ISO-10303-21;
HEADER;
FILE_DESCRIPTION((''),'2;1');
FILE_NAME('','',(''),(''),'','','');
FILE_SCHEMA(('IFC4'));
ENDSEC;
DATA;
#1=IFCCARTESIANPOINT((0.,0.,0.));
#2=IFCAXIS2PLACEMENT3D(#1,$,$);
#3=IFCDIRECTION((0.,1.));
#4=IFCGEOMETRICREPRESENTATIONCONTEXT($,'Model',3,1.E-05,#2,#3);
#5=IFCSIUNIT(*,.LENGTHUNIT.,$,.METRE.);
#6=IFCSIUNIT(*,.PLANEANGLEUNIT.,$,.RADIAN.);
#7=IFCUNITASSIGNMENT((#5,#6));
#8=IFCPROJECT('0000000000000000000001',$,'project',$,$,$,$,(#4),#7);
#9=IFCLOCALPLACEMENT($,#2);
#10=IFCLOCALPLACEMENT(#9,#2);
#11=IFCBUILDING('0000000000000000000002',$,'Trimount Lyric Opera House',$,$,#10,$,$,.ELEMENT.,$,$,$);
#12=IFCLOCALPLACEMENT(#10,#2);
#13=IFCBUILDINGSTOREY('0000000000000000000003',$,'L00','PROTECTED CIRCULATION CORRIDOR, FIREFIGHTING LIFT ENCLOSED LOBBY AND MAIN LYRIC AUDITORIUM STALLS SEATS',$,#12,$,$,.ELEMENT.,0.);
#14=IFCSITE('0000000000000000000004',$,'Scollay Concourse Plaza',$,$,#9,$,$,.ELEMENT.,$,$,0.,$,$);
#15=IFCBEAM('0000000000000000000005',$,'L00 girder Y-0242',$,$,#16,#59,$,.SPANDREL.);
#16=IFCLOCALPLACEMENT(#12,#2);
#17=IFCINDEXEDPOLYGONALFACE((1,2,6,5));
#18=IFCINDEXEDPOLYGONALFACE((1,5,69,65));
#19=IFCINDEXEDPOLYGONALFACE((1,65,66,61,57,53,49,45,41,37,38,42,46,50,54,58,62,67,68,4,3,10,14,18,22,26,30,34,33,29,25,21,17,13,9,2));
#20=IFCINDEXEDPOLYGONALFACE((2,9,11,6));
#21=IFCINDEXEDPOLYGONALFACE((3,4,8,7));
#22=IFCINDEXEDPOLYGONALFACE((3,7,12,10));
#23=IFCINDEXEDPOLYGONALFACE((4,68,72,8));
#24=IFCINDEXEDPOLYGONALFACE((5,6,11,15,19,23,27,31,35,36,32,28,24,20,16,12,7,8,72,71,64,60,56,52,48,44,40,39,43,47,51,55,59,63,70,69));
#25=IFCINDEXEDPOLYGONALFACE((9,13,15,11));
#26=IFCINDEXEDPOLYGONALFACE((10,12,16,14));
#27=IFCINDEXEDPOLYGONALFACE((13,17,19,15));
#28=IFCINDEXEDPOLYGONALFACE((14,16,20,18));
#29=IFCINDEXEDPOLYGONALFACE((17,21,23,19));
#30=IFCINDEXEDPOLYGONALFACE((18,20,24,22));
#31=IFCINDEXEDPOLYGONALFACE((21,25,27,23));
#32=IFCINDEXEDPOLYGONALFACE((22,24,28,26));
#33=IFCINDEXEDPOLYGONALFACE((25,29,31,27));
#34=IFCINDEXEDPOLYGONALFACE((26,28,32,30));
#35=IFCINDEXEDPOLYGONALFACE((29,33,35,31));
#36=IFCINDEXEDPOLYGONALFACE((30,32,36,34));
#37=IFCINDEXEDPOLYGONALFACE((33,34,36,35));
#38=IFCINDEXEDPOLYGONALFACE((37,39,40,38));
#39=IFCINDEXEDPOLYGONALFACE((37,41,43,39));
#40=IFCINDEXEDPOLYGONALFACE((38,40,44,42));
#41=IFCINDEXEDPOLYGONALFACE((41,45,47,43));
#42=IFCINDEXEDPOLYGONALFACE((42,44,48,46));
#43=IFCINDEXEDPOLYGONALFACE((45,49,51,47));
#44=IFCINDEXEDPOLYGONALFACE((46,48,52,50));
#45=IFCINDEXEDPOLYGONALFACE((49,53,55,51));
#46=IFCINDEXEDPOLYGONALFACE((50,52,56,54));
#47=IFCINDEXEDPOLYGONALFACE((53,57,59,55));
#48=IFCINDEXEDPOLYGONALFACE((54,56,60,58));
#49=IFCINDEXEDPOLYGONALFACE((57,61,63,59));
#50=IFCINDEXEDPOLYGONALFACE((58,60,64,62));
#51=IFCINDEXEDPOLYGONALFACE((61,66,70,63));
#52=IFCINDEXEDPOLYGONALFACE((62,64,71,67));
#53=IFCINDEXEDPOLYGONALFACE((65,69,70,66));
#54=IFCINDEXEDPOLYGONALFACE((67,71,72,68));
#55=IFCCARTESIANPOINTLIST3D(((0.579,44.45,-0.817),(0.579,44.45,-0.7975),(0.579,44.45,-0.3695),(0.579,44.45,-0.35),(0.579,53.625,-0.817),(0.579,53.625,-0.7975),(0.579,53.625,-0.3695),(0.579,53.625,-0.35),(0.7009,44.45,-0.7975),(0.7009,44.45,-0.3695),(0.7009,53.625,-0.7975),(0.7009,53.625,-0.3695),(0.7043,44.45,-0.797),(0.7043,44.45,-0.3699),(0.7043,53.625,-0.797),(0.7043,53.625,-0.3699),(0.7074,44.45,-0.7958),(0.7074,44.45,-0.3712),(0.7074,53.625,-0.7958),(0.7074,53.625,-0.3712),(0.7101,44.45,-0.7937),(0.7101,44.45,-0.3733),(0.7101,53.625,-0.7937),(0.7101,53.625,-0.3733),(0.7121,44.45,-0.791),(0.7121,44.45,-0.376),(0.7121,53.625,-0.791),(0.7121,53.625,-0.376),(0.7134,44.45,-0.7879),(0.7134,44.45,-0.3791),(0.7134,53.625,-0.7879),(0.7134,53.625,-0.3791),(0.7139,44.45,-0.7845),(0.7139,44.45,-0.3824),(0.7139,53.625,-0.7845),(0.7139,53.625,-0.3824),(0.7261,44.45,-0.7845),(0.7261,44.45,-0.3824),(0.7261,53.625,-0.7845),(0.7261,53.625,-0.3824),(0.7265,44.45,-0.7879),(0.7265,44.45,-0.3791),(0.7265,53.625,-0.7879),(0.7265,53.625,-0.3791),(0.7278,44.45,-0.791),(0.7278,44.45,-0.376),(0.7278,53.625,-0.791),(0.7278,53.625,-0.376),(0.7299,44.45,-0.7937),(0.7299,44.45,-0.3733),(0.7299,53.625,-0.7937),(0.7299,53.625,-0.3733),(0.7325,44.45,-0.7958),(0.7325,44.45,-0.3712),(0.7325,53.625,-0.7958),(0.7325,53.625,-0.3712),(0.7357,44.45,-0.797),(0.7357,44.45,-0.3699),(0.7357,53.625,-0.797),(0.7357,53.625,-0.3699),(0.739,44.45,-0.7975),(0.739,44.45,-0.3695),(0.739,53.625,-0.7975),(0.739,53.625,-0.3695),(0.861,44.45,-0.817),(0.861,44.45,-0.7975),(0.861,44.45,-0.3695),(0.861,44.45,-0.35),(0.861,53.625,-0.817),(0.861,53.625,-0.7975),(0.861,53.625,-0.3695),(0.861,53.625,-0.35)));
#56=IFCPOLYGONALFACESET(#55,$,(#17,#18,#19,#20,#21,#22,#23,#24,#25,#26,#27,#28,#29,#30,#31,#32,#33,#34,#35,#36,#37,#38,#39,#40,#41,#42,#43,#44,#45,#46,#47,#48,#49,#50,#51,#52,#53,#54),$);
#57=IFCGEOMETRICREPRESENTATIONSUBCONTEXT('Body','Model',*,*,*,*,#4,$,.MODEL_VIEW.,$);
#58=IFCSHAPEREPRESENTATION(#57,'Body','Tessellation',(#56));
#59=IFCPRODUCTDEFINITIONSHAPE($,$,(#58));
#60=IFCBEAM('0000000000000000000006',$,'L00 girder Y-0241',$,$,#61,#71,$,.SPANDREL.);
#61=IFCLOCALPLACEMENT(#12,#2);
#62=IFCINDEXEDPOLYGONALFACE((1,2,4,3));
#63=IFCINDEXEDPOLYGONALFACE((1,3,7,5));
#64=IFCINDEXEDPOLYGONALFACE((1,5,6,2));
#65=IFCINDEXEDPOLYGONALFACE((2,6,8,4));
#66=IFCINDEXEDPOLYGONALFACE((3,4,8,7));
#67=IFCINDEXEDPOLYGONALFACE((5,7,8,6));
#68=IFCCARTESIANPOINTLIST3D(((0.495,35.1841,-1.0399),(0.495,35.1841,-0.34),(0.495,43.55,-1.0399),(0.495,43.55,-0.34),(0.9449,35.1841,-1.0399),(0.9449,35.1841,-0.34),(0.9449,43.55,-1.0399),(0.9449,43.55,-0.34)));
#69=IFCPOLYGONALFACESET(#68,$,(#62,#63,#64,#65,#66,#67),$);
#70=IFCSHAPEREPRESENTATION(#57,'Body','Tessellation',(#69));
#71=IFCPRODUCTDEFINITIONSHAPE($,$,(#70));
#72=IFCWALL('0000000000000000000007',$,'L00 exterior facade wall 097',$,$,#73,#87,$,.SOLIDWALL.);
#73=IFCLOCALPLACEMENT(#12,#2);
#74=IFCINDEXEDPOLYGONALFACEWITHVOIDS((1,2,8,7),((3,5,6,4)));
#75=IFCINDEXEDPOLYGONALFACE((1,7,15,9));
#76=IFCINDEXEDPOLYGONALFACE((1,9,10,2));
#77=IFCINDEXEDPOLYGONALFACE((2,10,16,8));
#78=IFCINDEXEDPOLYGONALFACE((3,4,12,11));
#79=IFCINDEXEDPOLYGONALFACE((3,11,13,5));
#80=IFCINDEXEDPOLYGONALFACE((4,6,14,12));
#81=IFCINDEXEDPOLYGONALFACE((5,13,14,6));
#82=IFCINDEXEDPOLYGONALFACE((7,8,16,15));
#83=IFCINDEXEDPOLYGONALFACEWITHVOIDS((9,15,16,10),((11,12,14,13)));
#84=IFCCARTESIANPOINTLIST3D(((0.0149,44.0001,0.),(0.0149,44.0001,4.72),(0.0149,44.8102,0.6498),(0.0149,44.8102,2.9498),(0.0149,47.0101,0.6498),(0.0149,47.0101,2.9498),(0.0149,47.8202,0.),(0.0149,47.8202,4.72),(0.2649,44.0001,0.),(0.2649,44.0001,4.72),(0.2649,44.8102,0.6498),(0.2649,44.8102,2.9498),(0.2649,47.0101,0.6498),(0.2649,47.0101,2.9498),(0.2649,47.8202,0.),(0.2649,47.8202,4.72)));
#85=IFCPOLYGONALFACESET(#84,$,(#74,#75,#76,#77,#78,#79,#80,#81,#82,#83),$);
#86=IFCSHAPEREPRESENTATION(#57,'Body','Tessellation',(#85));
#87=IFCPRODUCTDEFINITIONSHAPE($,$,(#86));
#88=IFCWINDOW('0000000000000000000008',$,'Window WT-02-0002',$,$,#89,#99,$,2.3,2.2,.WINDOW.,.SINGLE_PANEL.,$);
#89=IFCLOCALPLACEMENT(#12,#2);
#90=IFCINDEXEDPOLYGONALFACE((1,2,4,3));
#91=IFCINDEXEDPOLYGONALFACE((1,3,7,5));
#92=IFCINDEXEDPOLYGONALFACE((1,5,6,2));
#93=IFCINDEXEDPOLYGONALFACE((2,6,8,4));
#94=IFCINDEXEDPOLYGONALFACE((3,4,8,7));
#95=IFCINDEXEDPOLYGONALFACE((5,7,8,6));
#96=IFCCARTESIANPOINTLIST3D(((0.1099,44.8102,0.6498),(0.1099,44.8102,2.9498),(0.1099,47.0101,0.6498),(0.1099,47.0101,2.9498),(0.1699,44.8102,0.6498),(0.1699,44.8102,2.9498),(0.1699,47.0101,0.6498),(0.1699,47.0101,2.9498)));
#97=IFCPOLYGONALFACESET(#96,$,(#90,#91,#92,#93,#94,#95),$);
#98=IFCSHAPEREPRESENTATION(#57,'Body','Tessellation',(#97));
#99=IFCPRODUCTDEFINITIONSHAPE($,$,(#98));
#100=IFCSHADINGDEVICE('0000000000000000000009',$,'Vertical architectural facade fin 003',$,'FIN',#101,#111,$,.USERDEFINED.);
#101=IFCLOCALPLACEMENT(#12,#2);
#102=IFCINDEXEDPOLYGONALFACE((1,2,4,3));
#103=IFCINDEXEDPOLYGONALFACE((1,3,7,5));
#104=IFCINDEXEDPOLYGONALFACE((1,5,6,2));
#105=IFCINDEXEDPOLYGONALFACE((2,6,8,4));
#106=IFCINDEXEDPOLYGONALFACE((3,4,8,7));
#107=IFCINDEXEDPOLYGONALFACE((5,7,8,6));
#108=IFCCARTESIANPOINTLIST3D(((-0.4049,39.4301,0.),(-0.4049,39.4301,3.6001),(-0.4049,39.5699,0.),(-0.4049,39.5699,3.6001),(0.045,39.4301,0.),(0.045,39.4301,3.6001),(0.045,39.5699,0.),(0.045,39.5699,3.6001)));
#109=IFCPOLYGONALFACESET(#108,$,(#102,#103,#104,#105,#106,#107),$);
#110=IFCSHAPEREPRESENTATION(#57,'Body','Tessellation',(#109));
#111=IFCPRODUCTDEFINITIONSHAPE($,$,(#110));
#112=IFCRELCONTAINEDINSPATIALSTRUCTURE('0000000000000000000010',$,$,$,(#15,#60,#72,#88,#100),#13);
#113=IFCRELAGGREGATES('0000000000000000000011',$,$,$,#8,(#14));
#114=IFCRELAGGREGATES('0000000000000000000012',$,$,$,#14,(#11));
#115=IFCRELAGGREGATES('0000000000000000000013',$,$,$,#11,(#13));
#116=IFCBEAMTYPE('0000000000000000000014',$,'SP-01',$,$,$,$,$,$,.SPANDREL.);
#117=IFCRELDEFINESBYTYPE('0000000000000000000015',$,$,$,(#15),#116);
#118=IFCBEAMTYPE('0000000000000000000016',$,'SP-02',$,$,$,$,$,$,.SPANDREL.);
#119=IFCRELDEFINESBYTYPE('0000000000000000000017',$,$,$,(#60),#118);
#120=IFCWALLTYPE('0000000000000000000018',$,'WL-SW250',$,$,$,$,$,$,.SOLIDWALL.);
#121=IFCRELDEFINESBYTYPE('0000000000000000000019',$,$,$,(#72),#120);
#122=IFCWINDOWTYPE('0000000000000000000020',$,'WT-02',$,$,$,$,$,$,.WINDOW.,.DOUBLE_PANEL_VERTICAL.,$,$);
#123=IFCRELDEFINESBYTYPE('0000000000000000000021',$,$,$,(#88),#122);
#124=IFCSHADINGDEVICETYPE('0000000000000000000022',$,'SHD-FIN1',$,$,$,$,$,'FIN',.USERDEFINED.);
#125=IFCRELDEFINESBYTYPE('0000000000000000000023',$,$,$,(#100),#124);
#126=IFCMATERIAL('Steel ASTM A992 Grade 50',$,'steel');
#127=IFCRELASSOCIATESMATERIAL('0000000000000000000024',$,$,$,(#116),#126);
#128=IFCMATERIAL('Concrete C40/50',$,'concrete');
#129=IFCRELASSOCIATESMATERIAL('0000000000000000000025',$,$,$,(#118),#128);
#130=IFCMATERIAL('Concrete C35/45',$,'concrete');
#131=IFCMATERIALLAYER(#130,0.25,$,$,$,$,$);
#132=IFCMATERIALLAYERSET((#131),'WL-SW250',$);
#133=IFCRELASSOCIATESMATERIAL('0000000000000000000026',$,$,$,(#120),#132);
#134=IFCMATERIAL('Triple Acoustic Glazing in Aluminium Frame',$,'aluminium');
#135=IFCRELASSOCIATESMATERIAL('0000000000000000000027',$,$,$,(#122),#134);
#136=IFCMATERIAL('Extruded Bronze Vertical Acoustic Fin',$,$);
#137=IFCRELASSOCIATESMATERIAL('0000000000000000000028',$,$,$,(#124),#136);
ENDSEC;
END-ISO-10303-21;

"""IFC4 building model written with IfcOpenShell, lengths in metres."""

from ifc_helpers import new_model, si_unit, direction, frame, frame_2d, origin, origin_2d, place, context, subcontext, project, spatial, rectangle, i_section, extrude, material, layer, layer_set, material_profile, profile_set, type_object, element, fill, save


model = new_model("IFC4")

# Units and contexts
model_context = context("Model", 3, precision=1e-05, world=origin(), true_north=direction((0.0, 1.0)))
body_context = subcontext(model_context, "Body", "Model", "MODEL_VIEW")
ifc_project = project(units=[si_unit("LENGTHUNIT", "METRE"), si_unit("PLANEANGLEUNIT", "RADIAN")], contexts=[model_context])

# Site, building, storey
site_placement = place(None, origin())
site = spatial("IfcSite", under=ifc_project, at=site_placement, Name="Scollay Concourse Plaza", CompositionType="ELEMENT", RefElevation=0.0)
building_placement = place(site_placement, origin())
building = spatial("IfcBuilding", under=site, at=building_placement, Name="Trimount Lyric Opera House", CompositionType="ELEMENT")
storey_placement = place(building_placement, origin())
storey = spatial("IfcBuildingStorey", under=building, at=storey_placement, Name="L00", Description="PROTECTED CIRCULATION CORRIDOR, FIREFIGHTING LIFT ENCLOSED LOBBY AND MAIN LYRIC AUDITORIUM STALLS SEATS", CompositionType="ELEMENT", Elevation=0.0)

# Beams
ifc_material_1 = material(Name="Steel ASTM A992 Grade 50", Category="steel")
ifc_material_profile_1 = material_profile(ifc_material_1, i_section(OverallWidth=0.282, OverallDepth=0.467, WebThickness=0.0122, FlangeThickness=0.0195, FilletRadius=0.0129, at=origin_2d()), Name="W18X86")
ifc_profile_set_1 = profile_set([ifc_material_profile_1], Name="Steel ASTM A992 Grade 50")
beam_type_1 = type_object("IfcBeamType", Name="SP-01", PredefinedType="SPANDREL", material=ifc_profile_set_1)
beam_1_placement = place(storey_placement, frame((0.72, 44.45, -0.5835), z_axis=(0.0, 1.0, 0.0), x_axis=(-1.0, 0.0, 0.0)))
element("IfcBeam", 1, at=beam_1_placement, inside=storey, type_object=beam_type_1, Name="L00 girder Y-0242", PredefinedType="SPANDREL", context=body_context, shape_type="SweptSolid", body=[
    extrude(i_section(OverallWidth=0.282, OverallDepth=0.467, WebThickness=0.0122, FlangeThickness=0.0195, FilletRadius=0.0129, at=origin_2d()), origin(), (0.0, 0.0, 1.0), 9.175),
])
ifc_material_2 = material(Name="Concrete C40/50", Category="concrete")
ifc_material_profile_2 = material_profile(ifc_material_2, rectangle(XDim=0.45, YDim=0.7, at=origin_2d()), Name="RC450X700")
ifc_profile_set_2 = profile_set([ifc_material_profile_2], Name="Concrete C40/50")
beam_type_2 = type_object("IfcBeamType", Name="SP-02", PredefinedType="SPANDREL", material=ifc_profile_set_2)
beam_2_placement = place(storey_placement, frame((0.72, 35.1841, -0.6899), z_axis=(0.0, 1.0, 0.0), x_axis=(-1.0, 0.0, 0.0)))
element("IfcBeam", 2, at=beam_2_placement, inside=storey, type_object=beam_type_2, Name="L00 girder Y-0241", PredefinedType="SPANDREL", context=body_context, shape_type="SweptSolid", body=[
    extrude(rectangle(XDim=0.45, YDim=0.7, at=origin_2d()), origin(), (0.0, 0.0, 1.0), 8.366),
])

# Wall, opening, window
ifc_material_3 = material(Name="Concrete C35/45", Category="concrete")
ifc_layer = layer(ifc_material_3, 0.25)
ifc_layer_set = layer_set([ifc_layer], Name="WL-SW250")
wall_type = type_object("IfcWallType", Name="WL-SW250", PredefinedType="SOLIDWALL", material=ifc_layer_set)
wall_placement = place(storey_placement, frame((0.1399, 44.0, 0.0), z_axis=(0.0, 0.0, 1.0), x_axis=(0.0, 1.0, 0.0)))
wall = element("IfcWall", 3, at=wall_placement, inside=storey, type_object=wall_type, Name="L00 exterior facade wall 097", PredefinedType="SOLIDWALL", context=body_context, shape_type="SweptSolid", body=[
    extrude(rectangle(XDim=3.8201, YDim=0.25, at=frame_2d((1.9102, 0.0))), origin(), (0.0, 0.0, 1.0), 4.72),
])
opening_placement = place(wall_placement, frame((0.8101, 0.0, 0.6499)))
opening = element("IfcOpeningElement", 4, at=opening_placement, cuts=wall, PredefinedType="OPENING", context=body_context, shape_type="SweptSolid", body=[
    extrude(rectangle(XDim=2.2, YDim=2.3, at=frame_2d((1.1001, 1.1499))), frame((0.0, 0.135, 0.0), z_axis=(0.0, -1.0, 0.0), x_axis=(1.0, 0.0, 0.0)), (0.0, 0.0, 1.0), 0.27),
])
ifc_material_4 = material(Name="Triple Acoustic Glazing in Aluminium Frame", Category="aluminium")
window_type = type_object("IfcWindowType", Name="WT-02", PartitioningType="DOUBLE_PANEL_VERTICAL", PredefinedType="WINDOW", material=ifc_material_4)
window_placement = place(opening_placement, origin())
window = element("IfcWindow", 5, at=window_placement, inside=storey, type_object=window_type, Name="Window WT-02-0002", OverallHeight=2.3, OverallWidth=2.2, PartitioningType="SINGLE_PANEL", PredefinedType="WINDOW", context=body_context, shape_type="SweptSolid", body=[
    extrude(rectangle(XDim=2.2, YDim=2.3, at=frame_2d((1.1001, 1.1499))), frame((0.0, 0.03, 0.0), z_axis=(0.0, -1.0, 0.0), x_axis=(1.0, 0.0, 0.0)), (0.0, 0.0, 1.0), 0.0601),
])
fill(opening, window)

# Shading device
ifc_material_5 = material(Name="Extruded Bronze Vertical Acoustic Fin")
shading_device_type = type_object("IfcShadingDeviceType", Name="SHD-FIN1", ElementType="FIN", PredefinedType="USERDEFINED", material=ifc_material_5)
shading_device_placement = place(storey_placement, frame((-0.1799, 39.5, 0.0), z_axis=(0.0, 0.0, 1.0), x_axis=(1.0, 0.0, 0.0)))
element("IfcShadingDevice", 6, at=shading_device_placement, inside=storey, type_object=shading_device_type, Name="Vertical architectural facade fin 003", ObjectType="FIN", PredefinedType="USERDEFINED", context=body_context, shape_type="SweptSolid", body=[
    extrude(rectangle(XDim=0.45, YDim=0.1399, at=origin_2d()), origin(), (0.0, 0.0, 1.0), 3.6001),
])

save(model, "model.ifc")
